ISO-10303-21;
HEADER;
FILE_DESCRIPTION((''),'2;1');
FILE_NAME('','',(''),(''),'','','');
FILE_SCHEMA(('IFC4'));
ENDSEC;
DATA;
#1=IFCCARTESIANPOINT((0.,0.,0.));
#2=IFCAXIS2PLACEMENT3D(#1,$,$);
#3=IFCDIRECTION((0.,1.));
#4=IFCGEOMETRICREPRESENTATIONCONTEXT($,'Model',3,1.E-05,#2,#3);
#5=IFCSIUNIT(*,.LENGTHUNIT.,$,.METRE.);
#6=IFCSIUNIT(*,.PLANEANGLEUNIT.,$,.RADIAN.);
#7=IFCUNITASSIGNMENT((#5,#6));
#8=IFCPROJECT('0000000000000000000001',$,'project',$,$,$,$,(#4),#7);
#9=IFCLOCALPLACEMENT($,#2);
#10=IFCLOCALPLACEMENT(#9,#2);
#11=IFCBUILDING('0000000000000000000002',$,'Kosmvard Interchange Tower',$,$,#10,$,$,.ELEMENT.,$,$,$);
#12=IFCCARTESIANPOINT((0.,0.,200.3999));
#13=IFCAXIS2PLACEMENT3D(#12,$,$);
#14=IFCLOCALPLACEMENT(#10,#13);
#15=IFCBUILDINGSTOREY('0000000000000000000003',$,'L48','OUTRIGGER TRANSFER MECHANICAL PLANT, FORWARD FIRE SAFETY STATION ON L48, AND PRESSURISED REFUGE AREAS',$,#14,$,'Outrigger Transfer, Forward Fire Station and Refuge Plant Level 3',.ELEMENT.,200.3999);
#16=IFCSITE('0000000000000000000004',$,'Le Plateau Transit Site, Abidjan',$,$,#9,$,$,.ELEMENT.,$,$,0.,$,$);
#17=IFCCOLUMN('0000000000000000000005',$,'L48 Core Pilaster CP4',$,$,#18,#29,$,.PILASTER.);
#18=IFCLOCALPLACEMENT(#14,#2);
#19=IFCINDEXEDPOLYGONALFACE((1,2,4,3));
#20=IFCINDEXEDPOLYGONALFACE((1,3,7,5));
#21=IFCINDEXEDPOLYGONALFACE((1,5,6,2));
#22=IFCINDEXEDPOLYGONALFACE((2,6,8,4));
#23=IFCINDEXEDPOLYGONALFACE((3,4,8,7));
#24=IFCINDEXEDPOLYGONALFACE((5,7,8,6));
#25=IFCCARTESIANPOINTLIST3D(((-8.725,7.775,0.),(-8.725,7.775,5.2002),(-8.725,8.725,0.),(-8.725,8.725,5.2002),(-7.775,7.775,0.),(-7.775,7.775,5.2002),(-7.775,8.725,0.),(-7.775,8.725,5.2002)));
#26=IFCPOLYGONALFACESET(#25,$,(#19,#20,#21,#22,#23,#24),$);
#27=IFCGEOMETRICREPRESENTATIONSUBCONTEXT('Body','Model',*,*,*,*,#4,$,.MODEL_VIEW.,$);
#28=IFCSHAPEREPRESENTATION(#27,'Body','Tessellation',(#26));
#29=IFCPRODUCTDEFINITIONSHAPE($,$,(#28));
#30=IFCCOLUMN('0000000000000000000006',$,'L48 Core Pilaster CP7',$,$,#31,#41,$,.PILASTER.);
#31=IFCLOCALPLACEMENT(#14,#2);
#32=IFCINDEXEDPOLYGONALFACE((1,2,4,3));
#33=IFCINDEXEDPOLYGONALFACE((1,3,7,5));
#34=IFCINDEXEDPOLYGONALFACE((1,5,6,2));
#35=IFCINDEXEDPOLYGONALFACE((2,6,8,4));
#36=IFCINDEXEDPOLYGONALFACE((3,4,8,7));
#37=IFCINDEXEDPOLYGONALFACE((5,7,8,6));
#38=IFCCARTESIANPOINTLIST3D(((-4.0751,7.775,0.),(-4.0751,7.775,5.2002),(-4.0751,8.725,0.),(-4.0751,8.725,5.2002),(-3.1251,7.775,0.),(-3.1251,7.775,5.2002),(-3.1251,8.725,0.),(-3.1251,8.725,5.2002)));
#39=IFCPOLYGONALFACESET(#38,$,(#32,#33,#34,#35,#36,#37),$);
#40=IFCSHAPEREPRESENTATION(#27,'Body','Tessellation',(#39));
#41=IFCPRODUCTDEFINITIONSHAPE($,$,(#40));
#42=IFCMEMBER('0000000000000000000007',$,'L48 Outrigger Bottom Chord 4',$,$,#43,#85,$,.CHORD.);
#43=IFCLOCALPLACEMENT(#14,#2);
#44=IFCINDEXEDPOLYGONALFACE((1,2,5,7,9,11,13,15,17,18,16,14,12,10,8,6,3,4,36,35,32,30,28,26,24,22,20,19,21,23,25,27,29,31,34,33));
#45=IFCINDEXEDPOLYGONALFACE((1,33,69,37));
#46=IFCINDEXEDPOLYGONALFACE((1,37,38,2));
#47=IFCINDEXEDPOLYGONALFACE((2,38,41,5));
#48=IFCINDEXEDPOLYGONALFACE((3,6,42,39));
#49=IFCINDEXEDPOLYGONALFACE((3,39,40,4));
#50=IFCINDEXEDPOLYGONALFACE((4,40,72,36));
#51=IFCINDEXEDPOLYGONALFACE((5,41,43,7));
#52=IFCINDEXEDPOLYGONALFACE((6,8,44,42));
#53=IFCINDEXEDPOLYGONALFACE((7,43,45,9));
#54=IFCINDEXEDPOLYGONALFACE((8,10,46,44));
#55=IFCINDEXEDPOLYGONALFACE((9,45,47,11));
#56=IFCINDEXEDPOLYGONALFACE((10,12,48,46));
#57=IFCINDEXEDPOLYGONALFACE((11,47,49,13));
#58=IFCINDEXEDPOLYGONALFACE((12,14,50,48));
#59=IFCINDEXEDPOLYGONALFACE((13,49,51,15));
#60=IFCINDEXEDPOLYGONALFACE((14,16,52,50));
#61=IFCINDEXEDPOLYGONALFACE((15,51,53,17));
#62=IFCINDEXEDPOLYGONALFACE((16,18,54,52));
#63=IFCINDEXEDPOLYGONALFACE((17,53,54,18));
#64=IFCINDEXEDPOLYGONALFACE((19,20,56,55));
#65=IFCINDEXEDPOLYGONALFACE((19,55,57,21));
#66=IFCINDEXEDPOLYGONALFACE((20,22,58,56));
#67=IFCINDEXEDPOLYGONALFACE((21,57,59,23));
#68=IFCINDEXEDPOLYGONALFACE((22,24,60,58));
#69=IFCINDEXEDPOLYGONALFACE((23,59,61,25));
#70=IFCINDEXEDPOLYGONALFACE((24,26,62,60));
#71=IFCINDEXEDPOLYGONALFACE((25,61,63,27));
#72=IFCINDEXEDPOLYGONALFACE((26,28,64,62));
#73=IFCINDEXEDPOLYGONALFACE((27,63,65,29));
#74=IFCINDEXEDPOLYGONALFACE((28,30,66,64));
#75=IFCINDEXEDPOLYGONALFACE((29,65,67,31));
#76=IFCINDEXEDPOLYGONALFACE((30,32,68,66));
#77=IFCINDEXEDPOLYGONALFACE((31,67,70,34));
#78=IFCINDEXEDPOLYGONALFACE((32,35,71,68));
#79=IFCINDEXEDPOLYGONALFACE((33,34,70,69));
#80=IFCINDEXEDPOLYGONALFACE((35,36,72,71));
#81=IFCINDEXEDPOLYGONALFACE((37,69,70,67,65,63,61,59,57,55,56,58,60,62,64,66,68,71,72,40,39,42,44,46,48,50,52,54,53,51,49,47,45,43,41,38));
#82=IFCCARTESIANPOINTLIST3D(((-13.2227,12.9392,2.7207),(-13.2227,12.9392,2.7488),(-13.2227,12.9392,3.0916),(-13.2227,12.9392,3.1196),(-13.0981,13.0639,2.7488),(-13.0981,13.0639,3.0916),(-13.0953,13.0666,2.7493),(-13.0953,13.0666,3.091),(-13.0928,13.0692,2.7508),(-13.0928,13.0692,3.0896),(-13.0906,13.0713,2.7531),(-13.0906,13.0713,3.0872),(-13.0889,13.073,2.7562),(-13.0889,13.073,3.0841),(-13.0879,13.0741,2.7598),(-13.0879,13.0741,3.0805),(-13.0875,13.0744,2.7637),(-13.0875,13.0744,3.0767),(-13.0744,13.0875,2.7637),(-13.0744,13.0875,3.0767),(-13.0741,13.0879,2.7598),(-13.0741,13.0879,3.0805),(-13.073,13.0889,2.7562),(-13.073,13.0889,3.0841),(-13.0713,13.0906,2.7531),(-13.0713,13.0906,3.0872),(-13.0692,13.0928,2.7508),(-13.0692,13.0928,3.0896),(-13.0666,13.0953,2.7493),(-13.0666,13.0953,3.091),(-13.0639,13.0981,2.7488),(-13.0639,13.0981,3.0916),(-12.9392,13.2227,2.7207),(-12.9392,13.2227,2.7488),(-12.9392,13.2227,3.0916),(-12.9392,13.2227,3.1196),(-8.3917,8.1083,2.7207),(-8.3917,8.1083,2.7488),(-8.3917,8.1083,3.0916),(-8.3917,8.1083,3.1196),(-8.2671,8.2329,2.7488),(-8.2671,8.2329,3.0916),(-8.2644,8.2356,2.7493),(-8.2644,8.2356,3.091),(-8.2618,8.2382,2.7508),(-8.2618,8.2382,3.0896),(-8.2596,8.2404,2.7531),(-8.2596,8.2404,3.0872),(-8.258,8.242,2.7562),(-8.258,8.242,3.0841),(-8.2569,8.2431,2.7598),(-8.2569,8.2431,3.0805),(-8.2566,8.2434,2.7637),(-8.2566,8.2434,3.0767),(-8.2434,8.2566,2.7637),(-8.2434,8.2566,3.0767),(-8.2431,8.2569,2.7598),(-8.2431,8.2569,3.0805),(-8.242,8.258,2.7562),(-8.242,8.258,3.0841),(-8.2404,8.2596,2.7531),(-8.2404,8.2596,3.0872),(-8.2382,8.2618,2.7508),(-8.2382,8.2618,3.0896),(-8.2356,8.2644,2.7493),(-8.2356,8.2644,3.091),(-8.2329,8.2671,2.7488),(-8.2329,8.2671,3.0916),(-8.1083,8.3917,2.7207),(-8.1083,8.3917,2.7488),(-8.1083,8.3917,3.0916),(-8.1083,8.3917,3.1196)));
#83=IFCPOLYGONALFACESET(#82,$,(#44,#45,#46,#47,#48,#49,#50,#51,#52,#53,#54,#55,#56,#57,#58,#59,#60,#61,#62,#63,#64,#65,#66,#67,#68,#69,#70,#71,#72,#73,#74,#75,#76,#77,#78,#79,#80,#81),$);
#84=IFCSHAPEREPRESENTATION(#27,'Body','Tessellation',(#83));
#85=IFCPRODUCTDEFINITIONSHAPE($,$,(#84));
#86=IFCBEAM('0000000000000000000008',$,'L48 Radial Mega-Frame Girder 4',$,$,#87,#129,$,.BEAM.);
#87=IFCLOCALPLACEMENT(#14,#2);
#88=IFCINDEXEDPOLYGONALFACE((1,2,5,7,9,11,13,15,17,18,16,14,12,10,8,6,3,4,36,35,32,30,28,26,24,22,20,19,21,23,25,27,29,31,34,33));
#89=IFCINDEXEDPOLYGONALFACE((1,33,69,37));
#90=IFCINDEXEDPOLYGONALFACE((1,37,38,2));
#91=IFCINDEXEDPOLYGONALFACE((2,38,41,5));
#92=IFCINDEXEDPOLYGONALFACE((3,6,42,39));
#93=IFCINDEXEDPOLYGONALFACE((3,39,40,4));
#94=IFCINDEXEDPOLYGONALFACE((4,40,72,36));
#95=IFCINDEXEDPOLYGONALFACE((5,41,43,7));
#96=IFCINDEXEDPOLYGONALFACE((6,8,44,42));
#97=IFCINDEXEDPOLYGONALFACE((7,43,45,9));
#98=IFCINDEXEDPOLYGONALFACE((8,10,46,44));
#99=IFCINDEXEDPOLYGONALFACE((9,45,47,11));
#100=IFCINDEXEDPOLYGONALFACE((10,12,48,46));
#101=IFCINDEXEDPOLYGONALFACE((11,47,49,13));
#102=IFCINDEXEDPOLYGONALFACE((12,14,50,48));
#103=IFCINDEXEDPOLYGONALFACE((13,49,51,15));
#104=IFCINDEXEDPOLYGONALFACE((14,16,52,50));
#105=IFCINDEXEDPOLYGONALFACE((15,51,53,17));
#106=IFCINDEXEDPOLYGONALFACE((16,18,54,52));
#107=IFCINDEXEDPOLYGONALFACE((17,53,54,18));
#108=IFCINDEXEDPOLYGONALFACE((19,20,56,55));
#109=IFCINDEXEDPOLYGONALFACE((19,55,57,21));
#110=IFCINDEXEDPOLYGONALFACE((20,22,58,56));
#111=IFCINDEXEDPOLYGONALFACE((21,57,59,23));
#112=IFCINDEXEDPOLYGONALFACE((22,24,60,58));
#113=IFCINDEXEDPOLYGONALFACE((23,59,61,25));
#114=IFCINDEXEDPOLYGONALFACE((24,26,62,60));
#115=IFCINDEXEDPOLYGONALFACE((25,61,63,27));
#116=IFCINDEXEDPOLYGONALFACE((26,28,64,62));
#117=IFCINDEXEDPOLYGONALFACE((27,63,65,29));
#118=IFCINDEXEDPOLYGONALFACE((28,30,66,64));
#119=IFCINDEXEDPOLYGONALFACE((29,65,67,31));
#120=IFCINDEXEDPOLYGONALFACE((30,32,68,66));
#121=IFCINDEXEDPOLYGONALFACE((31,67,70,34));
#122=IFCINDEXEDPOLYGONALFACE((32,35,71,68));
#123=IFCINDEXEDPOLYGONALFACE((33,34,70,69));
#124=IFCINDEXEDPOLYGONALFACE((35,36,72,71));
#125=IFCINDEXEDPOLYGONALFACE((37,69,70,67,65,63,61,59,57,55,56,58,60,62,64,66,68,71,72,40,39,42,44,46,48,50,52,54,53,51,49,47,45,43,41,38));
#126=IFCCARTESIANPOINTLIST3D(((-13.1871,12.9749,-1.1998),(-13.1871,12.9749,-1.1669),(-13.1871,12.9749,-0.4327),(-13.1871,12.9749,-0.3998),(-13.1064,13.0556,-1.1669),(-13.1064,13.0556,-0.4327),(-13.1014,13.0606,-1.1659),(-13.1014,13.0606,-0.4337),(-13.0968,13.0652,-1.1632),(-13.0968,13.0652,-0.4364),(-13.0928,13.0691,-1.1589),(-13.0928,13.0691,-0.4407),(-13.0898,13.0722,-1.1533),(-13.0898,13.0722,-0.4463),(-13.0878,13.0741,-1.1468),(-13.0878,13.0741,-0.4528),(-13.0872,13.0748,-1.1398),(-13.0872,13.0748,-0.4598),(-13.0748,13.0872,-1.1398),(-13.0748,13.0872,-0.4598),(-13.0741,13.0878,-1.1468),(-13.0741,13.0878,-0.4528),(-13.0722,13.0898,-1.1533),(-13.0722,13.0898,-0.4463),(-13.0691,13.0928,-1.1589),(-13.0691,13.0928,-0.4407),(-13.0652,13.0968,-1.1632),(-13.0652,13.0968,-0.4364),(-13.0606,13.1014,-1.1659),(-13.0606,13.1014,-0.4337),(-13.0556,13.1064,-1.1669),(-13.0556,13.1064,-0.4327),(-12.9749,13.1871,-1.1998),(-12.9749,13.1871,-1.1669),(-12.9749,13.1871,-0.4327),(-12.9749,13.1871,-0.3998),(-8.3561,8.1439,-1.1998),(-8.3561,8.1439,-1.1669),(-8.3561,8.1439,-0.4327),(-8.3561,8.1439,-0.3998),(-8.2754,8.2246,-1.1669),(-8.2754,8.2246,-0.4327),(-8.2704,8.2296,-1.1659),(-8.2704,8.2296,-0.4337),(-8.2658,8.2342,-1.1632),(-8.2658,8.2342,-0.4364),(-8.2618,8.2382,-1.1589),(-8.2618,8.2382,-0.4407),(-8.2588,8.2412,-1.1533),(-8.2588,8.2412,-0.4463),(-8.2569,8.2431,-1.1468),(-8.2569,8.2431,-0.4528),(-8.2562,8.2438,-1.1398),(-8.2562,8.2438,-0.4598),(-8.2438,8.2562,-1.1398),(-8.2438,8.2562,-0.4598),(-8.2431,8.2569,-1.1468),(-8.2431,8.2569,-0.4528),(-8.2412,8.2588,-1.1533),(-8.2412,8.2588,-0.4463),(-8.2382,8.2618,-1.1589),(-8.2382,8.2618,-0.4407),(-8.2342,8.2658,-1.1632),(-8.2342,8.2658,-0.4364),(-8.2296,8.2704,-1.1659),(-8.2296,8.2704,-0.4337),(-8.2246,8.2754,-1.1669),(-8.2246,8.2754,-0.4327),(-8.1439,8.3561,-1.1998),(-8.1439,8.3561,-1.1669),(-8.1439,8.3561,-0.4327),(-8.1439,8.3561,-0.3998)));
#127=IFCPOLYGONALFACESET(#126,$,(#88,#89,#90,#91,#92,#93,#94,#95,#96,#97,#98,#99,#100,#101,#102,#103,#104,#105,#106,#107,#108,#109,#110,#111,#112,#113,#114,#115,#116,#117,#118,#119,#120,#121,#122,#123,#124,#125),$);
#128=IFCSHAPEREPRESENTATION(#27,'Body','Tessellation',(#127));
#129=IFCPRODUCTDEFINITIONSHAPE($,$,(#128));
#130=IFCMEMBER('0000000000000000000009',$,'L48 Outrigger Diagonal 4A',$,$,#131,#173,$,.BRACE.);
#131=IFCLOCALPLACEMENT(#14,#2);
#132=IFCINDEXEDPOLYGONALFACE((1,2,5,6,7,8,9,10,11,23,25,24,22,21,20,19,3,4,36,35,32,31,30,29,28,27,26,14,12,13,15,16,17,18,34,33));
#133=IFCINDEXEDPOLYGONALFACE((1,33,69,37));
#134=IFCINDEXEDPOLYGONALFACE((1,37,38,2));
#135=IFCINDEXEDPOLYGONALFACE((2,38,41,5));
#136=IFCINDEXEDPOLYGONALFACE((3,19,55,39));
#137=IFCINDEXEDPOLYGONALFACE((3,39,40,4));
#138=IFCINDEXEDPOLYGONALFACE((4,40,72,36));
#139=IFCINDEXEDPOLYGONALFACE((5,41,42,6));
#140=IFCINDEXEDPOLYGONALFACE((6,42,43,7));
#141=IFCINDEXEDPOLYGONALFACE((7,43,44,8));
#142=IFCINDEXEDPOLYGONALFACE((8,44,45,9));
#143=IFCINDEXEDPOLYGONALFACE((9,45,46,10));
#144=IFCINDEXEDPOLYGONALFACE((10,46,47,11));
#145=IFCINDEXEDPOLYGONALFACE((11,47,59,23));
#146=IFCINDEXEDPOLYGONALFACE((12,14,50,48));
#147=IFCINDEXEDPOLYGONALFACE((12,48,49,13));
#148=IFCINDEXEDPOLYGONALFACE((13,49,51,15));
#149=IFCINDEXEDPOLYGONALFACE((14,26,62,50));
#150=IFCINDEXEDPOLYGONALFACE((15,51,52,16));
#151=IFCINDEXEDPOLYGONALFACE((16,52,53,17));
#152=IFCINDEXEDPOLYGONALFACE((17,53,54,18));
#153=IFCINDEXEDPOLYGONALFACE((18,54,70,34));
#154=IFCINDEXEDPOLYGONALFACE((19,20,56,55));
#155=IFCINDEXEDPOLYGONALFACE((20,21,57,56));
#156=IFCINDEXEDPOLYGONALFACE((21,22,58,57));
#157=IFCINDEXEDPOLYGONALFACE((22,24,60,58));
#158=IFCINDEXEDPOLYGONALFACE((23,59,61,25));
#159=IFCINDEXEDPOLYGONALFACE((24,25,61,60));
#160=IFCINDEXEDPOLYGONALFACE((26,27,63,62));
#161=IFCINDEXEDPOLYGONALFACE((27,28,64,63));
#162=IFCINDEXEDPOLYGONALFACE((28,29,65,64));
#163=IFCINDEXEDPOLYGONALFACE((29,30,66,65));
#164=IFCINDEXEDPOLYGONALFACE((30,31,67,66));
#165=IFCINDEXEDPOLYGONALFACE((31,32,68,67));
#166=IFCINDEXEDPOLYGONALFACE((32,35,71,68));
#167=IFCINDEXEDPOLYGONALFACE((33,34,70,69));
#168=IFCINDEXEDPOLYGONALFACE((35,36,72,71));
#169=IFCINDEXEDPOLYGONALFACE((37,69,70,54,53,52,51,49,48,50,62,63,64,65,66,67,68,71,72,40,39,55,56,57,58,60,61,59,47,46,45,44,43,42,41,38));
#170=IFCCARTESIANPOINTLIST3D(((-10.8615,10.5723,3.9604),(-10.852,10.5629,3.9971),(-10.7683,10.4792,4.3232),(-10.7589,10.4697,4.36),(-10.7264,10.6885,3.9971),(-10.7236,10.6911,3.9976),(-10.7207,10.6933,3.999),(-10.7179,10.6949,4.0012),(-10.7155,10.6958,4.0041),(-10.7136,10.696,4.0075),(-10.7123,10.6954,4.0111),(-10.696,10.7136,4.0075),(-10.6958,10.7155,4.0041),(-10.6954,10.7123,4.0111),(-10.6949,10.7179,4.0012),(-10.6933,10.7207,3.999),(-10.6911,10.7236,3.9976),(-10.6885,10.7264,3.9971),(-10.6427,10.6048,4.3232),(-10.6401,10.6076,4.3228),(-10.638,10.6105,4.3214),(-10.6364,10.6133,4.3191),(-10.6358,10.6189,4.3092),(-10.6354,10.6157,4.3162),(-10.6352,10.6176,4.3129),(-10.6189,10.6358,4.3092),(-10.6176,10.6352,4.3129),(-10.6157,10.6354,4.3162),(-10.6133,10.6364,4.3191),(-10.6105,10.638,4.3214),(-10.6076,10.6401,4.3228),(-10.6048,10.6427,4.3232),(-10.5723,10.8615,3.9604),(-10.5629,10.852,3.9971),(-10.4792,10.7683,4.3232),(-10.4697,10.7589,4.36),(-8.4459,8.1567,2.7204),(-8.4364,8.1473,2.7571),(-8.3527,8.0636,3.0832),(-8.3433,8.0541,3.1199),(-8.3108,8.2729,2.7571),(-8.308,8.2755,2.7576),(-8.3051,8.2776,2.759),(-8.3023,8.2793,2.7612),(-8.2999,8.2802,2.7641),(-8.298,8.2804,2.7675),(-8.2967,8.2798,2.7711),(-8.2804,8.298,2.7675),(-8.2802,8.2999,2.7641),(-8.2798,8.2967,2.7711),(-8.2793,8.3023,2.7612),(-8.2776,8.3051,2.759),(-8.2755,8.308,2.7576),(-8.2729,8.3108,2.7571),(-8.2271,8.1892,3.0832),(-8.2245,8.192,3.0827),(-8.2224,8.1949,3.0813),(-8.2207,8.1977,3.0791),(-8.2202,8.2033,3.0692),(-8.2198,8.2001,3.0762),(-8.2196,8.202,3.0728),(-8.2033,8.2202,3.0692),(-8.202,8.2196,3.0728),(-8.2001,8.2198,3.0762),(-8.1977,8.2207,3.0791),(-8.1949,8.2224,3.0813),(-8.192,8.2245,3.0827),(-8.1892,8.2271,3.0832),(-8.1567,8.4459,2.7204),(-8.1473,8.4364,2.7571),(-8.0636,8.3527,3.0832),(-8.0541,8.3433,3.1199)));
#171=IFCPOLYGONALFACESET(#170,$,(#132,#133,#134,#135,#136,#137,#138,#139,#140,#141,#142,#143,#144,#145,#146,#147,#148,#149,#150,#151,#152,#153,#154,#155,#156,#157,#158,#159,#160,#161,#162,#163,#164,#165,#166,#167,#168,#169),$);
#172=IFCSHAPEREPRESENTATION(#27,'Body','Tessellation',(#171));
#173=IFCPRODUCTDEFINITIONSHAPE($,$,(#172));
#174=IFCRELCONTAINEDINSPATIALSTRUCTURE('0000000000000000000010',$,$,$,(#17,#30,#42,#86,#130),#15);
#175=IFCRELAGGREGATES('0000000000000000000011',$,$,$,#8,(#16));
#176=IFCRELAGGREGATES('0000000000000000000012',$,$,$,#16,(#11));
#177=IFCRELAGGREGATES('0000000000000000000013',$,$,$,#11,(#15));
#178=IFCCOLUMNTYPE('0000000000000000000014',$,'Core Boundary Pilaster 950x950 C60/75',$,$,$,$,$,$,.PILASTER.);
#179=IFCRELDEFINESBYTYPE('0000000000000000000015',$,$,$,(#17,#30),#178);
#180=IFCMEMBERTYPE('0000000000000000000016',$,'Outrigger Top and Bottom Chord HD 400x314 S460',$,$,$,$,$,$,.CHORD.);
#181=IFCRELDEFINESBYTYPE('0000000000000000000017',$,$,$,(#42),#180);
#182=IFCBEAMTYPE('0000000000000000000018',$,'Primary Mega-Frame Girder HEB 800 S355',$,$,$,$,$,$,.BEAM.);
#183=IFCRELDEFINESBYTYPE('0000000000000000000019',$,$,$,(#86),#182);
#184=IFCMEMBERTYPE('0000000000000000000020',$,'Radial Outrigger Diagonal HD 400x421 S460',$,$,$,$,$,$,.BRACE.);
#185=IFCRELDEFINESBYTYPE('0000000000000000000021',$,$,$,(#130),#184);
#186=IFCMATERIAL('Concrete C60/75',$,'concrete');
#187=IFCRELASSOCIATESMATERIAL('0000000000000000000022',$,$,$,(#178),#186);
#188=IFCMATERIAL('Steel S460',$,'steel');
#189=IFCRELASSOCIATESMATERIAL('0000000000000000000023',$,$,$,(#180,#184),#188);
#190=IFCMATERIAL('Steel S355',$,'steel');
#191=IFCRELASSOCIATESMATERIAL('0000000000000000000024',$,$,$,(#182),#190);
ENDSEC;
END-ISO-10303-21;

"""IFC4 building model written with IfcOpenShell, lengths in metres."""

from ifc_helpers import new_model, si_unit, direction, frame, origin, origin_2d, place, context, subcontext, project, spatial, rectangle, i_section, extrude, source, transform, mapped, material, material_profile, profile_set, type_object, element, save


model = new_model("IFC4")

# Units and contexts
model_context = context("Model", 3, precision=1e-05, world=origin(), true_north=direction((0.0, 1.0)))
body_context = subcontext(model_context, "Body", "Model", "MODEL_VIEW")
ifc_project = project(units=[si_unit("LENGTHUNIT", "METRE"), si_unit("PLANEANGLEUNIT", "RADIAN")], contexts=[model_context])

# Site, building, storey
site_placement = place(None, origin())
site = spatial("IfcSite", under=ifc_project, at=site_placement, Name="Le Plateau Transit Site, Abidjan", CompositionType="ELEMENT", RefElevation=0.0)
building_placement = place(site_placement, origin())
building = spatial("IfcBuilding", under=site, at=building_placement, Name="Kosmvard Interchange Tower", CompositionType="ELEMENT")
storey_placement = place(building_placement, frame((0.0, 0.0, 200.3999)))
storey = spatial("IfcBuildingStorey", under=building, at=storey_placement, Name="L48", Description="OUTRIGGER TRANSFER MECHANICAL PLANT, FORWARD FIRE SAFETY STATION ON L48, AND PRESSURISED REFUGE AREAS", LongName="Outrigger Transfer, Forward Fire Station and Refuge Plant Level 3", CompositionType="ELEMENT", Elevation=200.3999)

# Columns
ifc_material_1 = material(Name="Concrete C60/75", Category="concrete")
ifc_material_profile_1 = material_profile(ifc_material_1, rectangle(XDim=0.95, YDim=0.95, at=origin_2d()), Name="CP 950x950")
ifc_profile_set_1 = profile_set([ifc_material_profile_1], Name="Concrete C60/75")
column_type = type_object("IfcColumnType", Name="Core Boundary Pilaster 950x950 C60/75", PredefinedType="PILASTER", material=ifc_profile_set_1)
shared_shape_1 = source(origin(), body_context, "Body", "SweptSolid", [
    extrude(rectangle(XDim=0.95, YDim=0.95, at=origin_2d()), origin(), (0.0, 0.0, 1.0), 5.2002),
])
for number, where, z_axis, x_axis, name in (
    (1, (-8.25, 8.25, 0.0), (0.0, 0.0, 1.0), (1.0, 0.0, 0.0), "L48 Core Pilaster CP4"),
    (2, (-3.6001, 8.25, 0.0), (0.0, 0.0, 1.0), (1.0, 0.0, 0.0), "L48 Core Pilaster CP7"),
):
    element("IfcColumn", number, at=place(storey_placement, frame(where, z_axis=z_axis, x_axis=x_axis)), inside=storey, type_object=column_type, Name=name, PredefinedType="PILASTER", context=body_context, shape_type="MappedRepresentation", body=[
        mapped(shared_shape_1, transform((0.0, 0.0, 0.0), scale=1.0)),
    ])

# Member
ifc_material_2 = material(Name="Steel S460", Category="steel")
ifc_material_profile_2 = material_profile(ifc_material_2, i_section(OverallWidth=0.4009, OverallDepth=0.3989, WebThickness=0.0186, FlangeThickness=0.0281, FilletRadius=0.0149, at=origin_2d()), Name="HD 400x314")
ifc_profile_set_2 = profile_set([ifc_material_profile_2], Name="Steel S460")
member_type_1 = type_object("IfcMemberType", Name="Outrigger Top and Bottom Chord HD 400x314 S460", PredefinedType="CHORD", material=ifc_profile_set_2)
shared_shape_2 = source(origin(), body_context, "Body", "SweptSolid", [
    extrude(i_section(OverallWidth=0.4009, OverallDepth=0.3989, WebThickness=0.0186, FlangeThickness=0.0281, FilletRadius=0.0149, at=origin_2d()), origin(), (0.0, 0.0, 1.0), 6.832),
])
member_placement = place(storey_placement, frame((-8.25, 8.25, 2.9202), z_axis=(-0.707107, 0.707107, 0.0), x_axis=(-0.707107, -0.707107, 0.0)))
element("IfcMember", 3, at=member_placement, inside=storey, type_object=member_type_1, Name="L48 Outrigger Bottom Chord 4", PredefinedType="CHORD", context=body_context, shape_type="MappedRepresentation", body=[
    mapped(shared_shape_2, transform((0.0, 0.0, 0.0), scale=1.0)),
])

# Beam
ifc_material_3 = material(Name="Steel S355", Category="steel")
ifc_material_profile_3 = material_profile(ifc_material_3, i_section(OverallWidth=0.3, OverallDepth=0.8, WebThickness=0.0176, FlangeThickness=0.033, FilletRadius=0.0271, at=origin_2d()), Name="HEB 800")
ifc_profile_set_3 = profile_set([ifc_material_profile_3], Name="Steel S355")
beam_type = type_object("IfcBeamType", Name="Primary Mega-Frame Girder HEB 800 S355", PredefinedType="BEAM", material=ifc_profile_set_3)
shared_shape_3 = source(origin(), body_context, "Body", "SweptSolid", [
    extrude(i_section(OverallWidth=0.3, OverallDepth=0.8, WebThickness=0.0176, FlangeThickness=0.033, FilletRadius=0.0271, at=origin_2d()), origin(), (0.0, 0.0, 1.0), 6.832),
])
beam_placement = place(storey_placement, frame((-8.25, 8.25, -0.7998), z_axis=(-0.707107, 0.707107, 0.0), x_axis=(-0.707107, -0.707107, 0.0)))
element("IfcBeam", 4, at=beam_placement, inside=storey, type_object=beam_type, Name="L48 Radial Mega-Frame Girder 4", PredefinedType="BEAM", context=body_context, shape_type="MappedRepresentation", body=[
    mapped(shared_shape_3, transform((0.0, 0.0, 0.0), scale=1.0)),
])

# Member
ifc_material_profile_4 = material_profile(ifc_material_2, i_section(OverallWidth=0.4089, OverallDepth=0.425, WebThickness=0.0239, FlangeThickness=0.0391, FilletRadius=0.0149, at=origin_2d()), Name="HD 400x421")
ifc_profile_set_4 = profile_set([ifc_material_profile_4], Name="Steel S460")
member_type_2 = type_object("IfcMemberType", Name="Radial Outrigger Diagonal HD 400x421 S460", PredefinedType="BRACE", material=ifc_profile_set_4)
shared_shape_4 = source(origin(), body_context, "Body", "SweptSolid", [
    extrude(i_section(OverallWidth=0.4089, OverallDepth=0.425, WebThickness=0.0239, FlangeThickness=0.0391, FilletRadius=0.0149, at=origin_2d()), origin(), (0.0, 0.0, 1.0), 3.6343),
])
for number, where, z_axis, x_axis, name in (
    (5, (-8.25, 8.25, 2.9202), (-0.664673, 0.664673, 0.341204), (-0.707107, -0.707107, 0.0), "L48 Outrigger Diagonal 4A"),
):
    element("IfcMember", number, at=place(storey_placement, frame(where, z_axis=z_axis, x_axis=x_axis)), inside=storey, type_object=member_type_2, Name=name, PredefinedType="BRACE", context=body_context, shape_type="MappedRepresentation", body=[
        mapped(shared_shape_4, transform((0.0, 0.0, 0.0), scale=1.0)),
    ])

save(model, "model.ifc")
